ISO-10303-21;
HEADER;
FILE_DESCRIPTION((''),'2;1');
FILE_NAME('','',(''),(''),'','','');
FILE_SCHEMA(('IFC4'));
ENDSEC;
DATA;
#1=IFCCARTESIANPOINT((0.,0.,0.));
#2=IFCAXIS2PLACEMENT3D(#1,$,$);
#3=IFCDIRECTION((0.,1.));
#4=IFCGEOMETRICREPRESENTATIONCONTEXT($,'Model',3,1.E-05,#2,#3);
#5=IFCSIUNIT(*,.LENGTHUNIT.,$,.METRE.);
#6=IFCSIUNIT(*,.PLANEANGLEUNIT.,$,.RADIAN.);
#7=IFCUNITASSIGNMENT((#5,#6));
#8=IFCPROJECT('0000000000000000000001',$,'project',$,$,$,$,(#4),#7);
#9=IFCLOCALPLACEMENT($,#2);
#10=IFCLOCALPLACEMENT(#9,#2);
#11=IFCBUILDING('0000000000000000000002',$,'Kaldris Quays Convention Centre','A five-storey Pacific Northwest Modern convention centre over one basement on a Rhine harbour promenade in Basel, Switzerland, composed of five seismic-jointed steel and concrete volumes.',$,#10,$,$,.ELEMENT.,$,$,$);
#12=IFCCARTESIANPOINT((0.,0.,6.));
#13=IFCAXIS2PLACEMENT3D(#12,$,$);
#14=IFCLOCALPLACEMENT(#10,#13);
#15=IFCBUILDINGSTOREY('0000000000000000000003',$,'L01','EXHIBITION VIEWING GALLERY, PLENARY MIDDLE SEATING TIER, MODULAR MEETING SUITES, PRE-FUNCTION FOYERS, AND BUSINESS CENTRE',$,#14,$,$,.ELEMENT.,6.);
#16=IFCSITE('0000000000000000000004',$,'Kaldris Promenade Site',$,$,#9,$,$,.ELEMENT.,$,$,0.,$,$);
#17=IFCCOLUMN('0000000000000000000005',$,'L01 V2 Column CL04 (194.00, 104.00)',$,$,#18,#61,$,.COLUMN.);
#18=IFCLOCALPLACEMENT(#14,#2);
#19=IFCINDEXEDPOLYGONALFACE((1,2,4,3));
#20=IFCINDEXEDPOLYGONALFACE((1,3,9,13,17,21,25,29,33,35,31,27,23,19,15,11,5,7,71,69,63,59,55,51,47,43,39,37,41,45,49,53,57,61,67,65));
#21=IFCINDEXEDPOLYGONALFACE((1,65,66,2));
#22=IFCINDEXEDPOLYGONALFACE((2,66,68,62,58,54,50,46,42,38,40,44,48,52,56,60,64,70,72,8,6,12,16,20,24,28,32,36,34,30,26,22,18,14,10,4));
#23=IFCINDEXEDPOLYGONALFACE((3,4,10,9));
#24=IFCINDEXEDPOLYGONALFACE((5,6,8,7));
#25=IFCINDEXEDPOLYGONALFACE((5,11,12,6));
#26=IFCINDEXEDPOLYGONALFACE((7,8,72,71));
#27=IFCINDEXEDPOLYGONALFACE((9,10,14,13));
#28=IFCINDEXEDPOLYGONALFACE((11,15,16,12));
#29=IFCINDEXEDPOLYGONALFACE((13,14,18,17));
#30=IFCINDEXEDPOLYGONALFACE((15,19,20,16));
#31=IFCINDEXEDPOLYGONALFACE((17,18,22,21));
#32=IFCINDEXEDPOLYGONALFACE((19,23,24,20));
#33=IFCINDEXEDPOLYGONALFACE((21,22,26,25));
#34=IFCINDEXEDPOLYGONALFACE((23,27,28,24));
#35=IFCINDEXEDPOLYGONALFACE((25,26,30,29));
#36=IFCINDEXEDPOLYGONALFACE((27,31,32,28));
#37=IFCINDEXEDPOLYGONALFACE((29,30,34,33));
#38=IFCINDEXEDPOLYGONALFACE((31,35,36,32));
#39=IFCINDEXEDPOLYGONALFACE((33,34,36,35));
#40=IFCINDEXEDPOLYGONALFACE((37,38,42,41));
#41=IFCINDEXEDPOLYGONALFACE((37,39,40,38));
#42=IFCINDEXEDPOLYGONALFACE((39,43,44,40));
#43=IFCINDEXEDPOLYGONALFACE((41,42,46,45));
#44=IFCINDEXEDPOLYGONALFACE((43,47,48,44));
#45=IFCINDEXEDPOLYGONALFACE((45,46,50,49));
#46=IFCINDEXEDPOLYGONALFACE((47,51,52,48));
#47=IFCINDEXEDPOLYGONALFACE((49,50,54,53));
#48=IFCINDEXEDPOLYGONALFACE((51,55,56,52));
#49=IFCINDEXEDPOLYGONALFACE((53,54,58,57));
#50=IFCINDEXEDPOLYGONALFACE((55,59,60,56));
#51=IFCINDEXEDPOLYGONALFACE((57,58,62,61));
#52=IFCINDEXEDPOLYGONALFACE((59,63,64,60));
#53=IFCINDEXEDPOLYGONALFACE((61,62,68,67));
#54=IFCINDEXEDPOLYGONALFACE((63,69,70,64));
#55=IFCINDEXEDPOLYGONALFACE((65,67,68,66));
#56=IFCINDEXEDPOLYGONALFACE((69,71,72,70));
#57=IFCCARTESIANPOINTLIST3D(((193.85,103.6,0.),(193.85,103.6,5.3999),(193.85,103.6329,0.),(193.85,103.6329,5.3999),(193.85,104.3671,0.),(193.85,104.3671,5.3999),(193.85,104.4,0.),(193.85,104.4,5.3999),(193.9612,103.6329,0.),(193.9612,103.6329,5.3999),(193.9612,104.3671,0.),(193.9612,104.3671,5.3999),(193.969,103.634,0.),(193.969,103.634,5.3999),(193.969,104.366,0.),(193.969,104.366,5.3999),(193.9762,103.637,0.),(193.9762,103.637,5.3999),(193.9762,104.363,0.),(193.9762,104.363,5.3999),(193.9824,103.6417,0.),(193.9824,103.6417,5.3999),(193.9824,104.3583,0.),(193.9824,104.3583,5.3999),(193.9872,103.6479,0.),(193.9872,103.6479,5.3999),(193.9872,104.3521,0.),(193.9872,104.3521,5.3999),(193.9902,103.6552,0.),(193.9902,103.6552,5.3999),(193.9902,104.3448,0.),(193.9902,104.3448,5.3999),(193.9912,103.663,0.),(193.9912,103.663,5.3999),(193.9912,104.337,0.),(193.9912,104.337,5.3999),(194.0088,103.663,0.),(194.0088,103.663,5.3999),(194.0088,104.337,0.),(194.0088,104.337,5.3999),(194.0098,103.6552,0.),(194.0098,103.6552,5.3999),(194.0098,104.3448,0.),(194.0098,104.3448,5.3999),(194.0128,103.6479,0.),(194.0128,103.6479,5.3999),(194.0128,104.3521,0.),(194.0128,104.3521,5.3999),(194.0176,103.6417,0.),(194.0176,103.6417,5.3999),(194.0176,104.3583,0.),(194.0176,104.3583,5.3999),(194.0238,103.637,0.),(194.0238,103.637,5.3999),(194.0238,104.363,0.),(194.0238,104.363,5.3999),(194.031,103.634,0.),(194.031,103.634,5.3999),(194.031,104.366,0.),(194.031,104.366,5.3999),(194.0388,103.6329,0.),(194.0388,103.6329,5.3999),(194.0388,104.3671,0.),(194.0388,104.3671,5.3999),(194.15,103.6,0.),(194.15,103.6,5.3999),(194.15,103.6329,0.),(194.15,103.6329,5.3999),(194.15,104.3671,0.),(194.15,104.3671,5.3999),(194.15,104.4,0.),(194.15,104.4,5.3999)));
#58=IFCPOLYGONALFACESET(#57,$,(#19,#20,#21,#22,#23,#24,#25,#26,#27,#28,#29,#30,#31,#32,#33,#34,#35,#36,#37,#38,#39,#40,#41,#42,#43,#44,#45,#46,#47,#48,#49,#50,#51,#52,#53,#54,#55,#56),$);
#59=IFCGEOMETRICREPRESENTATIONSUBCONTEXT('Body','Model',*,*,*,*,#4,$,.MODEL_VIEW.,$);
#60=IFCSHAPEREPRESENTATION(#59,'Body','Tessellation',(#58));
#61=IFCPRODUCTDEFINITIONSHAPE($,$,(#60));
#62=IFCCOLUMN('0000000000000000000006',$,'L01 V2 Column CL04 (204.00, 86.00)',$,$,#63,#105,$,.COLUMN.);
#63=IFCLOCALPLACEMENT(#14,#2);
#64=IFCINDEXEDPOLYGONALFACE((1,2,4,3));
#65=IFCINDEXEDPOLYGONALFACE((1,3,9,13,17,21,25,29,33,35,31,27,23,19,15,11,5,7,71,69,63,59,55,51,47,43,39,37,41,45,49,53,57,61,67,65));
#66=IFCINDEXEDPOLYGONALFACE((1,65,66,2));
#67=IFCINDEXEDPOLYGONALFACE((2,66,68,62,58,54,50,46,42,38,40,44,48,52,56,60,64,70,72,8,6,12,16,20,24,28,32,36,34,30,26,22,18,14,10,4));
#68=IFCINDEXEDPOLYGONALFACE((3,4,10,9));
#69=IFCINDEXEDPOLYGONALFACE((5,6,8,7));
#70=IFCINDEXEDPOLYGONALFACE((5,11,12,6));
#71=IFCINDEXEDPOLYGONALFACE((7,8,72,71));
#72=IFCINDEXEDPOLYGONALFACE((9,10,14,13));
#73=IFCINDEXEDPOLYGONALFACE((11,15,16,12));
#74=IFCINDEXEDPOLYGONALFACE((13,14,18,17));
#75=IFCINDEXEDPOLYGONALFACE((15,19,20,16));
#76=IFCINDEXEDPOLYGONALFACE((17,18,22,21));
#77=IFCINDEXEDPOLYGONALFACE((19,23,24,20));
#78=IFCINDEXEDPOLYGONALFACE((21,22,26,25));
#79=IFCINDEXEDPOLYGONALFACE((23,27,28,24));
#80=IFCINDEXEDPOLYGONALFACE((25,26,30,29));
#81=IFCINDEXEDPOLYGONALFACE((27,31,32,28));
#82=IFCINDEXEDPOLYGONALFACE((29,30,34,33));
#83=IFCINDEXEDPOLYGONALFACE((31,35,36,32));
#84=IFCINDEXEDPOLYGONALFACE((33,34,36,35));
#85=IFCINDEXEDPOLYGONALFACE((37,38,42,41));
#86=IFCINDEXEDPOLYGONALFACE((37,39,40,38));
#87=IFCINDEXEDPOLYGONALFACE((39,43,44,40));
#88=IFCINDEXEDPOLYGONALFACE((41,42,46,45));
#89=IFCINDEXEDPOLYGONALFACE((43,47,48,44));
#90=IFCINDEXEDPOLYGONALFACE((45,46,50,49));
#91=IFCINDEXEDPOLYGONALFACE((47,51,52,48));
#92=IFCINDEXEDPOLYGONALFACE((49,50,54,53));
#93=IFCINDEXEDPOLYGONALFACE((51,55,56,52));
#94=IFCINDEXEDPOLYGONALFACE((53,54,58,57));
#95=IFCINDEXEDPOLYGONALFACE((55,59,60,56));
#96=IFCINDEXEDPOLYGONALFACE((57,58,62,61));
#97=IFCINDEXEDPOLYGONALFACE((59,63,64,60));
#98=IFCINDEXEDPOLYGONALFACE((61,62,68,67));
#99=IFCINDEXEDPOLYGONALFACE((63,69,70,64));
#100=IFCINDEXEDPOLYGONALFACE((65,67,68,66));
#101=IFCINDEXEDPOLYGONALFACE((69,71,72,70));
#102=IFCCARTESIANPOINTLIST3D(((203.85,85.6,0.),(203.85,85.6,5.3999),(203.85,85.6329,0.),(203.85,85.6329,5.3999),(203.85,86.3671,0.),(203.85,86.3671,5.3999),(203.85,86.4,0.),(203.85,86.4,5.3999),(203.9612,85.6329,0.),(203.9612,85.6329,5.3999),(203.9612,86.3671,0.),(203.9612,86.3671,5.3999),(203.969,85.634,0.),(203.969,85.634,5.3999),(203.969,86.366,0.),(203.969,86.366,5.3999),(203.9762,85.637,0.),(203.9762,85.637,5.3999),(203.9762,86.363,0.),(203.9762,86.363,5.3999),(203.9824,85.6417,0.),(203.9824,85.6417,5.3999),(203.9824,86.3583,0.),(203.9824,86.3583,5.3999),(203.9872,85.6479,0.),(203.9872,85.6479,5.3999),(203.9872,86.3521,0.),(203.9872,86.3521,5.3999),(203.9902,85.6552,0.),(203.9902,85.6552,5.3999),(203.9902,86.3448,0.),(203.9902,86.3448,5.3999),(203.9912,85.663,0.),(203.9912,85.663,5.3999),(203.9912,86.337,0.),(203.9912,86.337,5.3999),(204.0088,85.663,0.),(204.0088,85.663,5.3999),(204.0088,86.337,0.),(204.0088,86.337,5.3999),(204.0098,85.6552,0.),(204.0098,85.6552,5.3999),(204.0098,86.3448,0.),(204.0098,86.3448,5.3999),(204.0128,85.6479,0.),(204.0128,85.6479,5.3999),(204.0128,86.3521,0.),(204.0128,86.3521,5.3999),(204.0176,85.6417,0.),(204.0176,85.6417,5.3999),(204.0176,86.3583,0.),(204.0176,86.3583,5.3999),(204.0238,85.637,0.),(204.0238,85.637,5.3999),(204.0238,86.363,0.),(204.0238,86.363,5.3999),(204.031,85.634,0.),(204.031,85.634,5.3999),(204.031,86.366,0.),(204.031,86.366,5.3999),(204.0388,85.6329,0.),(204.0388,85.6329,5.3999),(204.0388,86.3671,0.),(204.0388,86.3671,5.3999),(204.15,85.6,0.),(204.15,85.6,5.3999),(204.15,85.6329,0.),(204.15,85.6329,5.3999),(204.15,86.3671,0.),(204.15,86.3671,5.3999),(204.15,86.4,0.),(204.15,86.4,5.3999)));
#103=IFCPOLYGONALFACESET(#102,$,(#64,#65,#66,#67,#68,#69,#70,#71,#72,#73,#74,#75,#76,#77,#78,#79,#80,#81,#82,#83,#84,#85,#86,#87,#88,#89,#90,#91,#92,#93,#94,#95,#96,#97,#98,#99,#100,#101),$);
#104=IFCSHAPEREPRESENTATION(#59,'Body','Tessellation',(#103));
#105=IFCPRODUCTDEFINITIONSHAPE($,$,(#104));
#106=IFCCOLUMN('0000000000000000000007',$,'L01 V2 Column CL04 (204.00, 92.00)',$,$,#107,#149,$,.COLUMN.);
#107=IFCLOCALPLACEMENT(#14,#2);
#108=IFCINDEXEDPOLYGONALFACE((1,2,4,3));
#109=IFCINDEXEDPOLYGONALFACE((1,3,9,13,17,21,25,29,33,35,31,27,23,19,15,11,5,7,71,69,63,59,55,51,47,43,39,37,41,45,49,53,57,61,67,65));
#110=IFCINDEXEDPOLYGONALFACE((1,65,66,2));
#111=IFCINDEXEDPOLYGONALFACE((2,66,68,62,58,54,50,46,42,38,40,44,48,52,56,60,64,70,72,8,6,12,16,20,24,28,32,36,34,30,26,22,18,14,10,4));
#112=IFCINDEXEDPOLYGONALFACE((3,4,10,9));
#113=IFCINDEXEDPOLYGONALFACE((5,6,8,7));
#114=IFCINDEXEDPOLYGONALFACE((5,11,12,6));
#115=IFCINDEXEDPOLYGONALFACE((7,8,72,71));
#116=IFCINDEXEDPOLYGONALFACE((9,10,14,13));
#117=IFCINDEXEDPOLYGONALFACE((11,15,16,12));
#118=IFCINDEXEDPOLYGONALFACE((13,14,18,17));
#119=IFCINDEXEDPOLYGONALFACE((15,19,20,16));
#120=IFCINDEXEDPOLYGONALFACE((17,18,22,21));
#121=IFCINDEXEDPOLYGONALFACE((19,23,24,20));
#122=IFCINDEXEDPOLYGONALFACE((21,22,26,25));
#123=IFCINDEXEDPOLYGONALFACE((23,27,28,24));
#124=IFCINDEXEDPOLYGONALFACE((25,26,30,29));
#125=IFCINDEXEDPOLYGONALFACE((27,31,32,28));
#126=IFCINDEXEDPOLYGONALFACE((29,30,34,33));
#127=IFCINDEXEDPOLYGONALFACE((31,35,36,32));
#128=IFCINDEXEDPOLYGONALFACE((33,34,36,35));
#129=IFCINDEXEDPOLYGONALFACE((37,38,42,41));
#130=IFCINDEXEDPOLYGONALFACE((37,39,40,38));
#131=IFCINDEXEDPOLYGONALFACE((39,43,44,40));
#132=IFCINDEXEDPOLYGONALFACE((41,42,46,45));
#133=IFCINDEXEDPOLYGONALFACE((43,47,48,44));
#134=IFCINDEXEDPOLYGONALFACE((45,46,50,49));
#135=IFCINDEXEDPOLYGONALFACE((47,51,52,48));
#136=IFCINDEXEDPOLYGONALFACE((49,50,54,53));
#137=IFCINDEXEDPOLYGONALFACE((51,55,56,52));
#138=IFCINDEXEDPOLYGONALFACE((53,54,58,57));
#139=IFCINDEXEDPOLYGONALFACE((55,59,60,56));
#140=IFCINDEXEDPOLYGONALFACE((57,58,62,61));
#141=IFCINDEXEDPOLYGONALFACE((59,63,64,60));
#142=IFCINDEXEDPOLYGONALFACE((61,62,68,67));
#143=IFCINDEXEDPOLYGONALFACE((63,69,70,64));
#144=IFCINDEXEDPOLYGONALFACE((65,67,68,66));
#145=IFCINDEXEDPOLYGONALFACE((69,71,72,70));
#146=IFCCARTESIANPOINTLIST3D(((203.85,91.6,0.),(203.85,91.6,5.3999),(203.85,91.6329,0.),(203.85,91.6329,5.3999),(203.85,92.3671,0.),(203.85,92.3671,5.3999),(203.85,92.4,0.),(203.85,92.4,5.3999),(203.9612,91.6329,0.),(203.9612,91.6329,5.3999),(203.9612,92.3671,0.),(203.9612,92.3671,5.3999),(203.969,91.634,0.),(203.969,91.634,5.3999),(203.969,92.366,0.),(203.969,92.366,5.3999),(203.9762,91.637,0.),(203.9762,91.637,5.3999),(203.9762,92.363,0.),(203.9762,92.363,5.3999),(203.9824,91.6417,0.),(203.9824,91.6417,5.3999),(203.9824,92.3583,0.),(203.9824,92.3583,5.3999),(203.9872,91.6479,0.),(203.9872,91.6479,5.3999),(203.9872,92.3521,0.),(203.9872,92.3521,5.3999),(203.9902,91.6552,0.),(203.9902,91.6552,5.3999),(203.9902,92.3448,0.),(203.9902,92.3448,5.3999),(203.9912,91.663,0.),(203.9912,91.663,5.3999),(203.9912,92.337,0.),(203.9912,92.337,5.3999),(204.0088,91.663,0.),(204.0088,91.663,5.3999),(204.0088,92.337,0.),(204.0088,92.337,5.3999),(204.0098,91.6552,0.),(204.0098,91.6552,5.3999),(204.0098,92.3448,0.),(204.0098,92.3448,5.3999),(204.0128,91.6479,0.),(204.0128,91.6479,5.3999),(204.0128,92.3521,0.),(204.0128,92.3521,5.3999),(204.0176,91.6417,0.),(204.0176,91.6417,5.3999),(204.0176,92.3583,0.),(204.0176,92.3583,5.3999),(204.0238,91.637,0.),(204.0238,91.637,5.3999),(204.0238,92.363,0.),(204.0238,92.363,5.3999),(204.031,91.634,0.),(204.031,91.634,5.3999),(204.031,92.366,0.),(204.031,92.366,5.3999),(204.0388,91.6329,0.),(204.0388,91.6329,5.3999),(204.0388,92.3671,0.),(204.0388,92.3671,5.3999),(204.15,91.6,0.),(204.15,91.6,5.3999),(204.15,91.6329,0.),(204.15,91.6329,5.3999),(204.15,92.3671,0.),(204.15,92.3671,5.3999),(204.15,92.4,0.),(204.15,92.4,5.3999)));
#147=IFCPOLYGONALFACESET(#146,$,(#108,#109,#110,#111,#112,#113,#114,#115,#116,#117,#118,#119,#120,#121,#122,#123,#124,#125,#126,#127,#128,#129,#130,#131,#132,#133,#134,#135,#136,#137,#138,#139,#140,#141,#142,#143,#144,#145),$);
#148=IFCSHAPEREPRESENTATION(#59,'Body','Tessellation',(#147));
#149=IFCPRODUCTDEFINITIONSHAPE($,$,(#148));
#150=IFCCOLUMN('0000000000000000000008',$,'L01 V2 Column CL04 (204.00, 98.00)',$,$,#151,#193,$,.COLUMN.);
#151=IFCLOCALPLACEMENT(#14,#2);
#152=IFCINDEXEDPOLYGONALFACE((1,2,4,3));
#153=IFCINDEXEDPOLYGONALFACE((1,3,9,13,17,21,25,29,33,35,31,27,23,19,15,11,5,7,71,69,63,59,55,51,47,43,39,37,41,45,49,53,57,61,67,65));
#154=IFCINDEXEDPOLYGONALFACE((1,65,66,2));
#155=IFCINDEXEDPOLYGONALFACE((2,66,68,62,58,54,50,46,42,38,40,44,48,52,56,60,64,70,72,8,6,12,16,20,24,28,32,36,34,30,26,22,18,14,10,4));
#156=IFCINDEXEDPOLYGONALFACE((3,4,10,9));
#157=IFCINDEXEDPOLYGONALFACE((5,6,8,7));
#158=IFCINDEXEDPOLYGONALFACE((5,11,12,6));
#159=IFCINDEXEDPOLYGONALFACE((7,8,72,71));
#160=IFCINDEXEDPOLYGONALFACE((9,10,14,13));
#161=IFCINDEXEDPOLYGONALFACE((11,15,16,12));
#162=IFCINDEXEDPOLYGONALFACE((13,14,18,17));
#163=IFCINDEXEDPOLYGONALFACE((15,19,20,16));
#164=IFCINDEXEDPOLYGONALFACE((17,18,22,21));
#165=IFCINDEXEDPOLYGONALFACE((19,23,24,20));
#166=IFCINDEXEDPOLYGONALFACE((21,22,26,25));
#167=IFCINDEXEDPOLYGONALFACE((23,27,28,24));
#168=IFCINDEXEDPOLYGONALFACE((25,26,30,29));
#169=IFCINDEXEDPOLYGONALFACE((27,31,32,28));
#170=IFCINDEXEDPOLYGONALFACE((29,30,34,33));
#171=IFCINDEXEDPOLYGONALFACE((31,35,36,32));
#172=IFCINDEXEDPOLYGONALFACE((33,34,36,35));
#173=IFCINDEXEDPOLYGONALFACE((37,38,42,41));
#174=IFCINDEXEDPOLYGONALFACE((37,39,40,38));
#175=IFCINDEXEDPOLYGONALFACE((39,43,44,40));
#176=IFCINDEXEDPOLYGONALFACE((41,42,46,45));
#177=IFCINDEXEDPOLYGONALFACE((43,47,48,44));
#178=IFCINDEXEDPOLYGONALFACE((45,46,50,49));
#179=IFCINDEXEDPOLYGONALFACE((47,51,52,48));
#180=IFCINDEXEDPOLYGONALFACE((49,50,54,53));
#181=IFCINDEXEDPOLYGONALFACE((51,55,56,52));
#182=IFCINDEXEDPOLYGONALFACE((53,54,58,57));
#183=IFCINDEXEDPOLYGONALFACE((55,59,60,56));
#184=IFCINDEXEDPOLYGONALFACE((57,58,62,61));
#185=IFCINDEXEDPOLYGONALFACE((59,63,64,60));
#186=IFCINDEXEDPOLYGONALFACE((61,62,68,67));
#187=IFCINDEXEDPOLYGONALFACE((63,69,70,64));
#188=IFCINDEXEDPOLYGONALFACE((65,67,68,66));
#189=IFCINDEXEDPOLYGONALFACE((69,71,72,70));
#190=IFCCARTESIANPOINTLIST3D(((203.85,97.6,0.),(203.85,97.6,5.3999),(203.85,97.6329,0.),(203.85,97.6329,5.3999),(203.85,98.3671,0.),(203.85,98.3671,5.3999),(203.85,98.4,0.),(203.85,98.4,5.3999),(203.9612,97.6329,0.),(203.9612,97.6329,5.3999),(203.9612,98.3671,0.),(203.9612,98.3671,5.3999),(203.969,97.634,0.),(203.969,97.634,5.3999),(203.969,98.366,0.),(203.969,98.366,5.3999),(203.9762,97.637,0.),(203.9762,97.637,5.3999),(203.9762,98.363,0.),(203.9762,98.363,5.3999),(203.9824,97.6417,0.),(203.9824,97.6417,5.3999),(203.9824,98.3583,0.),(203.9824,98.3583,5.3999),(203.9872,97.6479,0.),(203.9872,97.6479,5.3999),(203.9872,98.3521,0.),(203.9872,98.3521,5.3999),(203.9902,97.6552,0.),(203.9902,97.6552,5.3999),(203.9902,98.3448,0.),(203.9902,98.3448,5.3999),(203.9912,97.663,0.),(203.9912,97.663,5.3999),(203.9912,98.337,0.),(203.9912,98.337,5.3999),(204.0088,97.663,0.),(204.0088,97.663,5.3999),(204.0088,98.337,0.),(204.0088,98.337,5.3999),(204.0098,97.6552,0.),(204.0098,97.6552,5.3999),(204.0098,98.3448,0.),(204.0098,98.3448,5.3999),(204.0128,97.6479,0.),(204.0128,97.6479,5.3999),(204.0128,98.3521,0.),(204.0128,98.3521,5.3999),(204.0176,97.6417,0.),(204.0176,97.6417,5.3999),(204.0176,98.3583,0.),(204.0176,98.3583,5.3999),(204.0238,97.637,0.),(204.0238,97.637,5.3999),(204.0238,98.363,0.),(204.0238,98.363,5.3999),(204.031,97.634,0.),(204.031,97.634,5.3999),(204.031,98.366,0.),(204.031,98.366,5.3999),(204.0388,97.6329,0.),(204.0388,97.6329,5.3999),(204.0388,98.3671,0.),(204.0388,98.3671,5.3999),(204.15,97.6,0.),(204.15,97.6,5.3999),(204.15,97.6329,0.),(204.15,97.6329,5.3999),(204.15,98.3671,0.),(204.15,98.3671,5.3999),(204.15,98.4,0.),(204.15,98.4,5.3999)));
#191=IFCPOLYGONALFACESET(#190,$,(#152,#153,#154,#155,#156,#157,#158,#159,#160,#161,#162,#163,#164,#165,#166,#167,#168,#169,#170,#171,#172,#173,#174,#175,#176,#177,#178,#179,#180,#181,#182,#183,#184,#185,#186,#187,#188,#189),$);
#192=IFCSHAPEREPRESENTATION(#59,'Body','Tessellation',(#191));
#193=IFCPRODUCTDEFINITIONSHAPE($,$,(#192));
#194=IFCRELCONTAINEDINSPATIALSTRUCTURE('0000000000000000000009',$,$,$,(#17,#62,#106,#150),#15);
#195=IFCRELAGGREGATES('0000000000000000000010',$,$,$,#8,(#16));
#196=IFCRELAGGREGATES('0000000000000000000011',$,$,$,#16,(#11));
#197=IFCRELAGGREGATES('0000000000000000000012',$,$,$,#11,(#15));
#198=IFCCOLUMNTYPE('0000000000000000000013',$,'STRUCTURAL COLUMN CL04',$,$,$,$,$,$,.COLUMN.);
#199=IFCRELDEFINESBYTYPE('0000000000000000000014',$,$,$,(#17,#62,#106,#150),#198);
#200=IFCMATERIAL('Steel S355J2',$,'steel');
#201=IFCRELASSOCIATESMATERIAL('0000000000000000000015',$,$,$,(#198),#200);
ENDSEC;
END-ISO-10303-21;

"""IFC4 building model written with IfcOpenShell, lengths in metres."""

from ifc_helpers import new_model, si_unit, direction, frame, origin, origin_2d, place, context, subcontext, project, spatial, i_section, extrude, material, material_profile, profile_set, type_object, element, save


model = new_model("IFC4")

# Units and contexts
model_context = context("Model", 3, precision=1e-05, world=origin(), true_north=direction((0.0, 1.0)))
body_context = subcontext(model_context, "Body", "Model", "MODEL_VIEW")
ifc_project = project(units=[si_unit("LENGTHUNIT", "METRE"), si_unit("PLANEANGLEUNIT", "RADIAN")], contexts=[model_context])

# Site, building, storey
site_placement = place(None, origin())
site = spatial("IfcSite", under=ifc_project, at=site_placement, Name="Kaldris Promenade Site", CompositionType="ELEMENT", RefElevation=0.0)
building_placement = place(site_placement, origin())
building = spatial("IfcBuilding", under=site, at=building_placement, Name="Kaldris Quays Convention Centre", Description="A five-storey Pacific Northwest Modern convention centre over one basement on a Rhine harbour promenade in Basel, Switzerland, composed of five seismic-jointed steel and concrete volumes.", CompositionType="ELEMENT")
storey_placement = place(building_placement, frame((0.0, 0.0, 6.0)))
storey = spatial("IfcBuildingStorey", under=building, at=storey_placement, Name="L01", Description="EXHIBITION VIEWING GALLERY, PLENARY MIDDLE SEATING TIER, MODULAR MEETING SUITES, PRE-FUNCTION FOYERS, AND BUSINESS CENTRE", CompositionType="ELEMENT", Elevation=6.0)

# Columns
ifc_material_1 = material(Name="Steel S355J2", Category="steel")
ifc_material_profile_1 = material_profile(ifc_material_1, i_section(OverallWidth=0.3, OverallDepth=0.8, WebThickness=0.0176, FlangeThickness=0.033, FilletRadius=0.03, at=origin_2d()), Name="HEB 800")
ifc_profile_set_1 = profile_set([ifc_material_profile_1], Name="Steel S355J2")
column_type = type_object("IfcColumnType", Name="STRUCTURAL COLUMN CL04", PredefinedType="COLUMN", material=ifc_profile_set_1)
for number, where, z_axis, x_axis, name in (
    (1, (194.0, 104.0, 0.0), (0.0, 0.0, 1.0), (1.0, 0.0, 0.0), "L01 V2 Column CL04 (194.00, 104.00)"),
    (2, (204.0, 86.0, 0.0), (0.0, 0.0, 1.0), (1.0, 0.0, 0.0), "L01 V2 Column CL04 (204.00, 86.00)"),
    (3, (204.0, 92.0, 0.0), (0.0, 0.0, 1.0), (1.0, 0.0, 0.0), "L01 V2 Column CL04 (204.00, 92.00)"),
    (4, (204.0, 98.0, 0.0), (0.0, 0.0, 1.0), (1.0, 0.0, 0.0), "L01 V2 Column CL04 (204.00, 98.00)"),
):
    element("IfcColumn", number, at=place(storey_placement, frame(where, z_axis=z_axis, x_axis=x_axis)), inside=storey, type_object=column_type, Name=name, PredefinedType="COLUMN", context=body_context, shape_type="SweptSolid", body=[
        extrude(i_section(OverallWidth=0.3, OverallDepth=0.8, WebThickness=0.0176, FlangeThickness=0.033, FilletRadius=0.03, at=origin_2d()), origin(), (0.0, 0.0, 1.0), 5.3999),
    ])

save(model, "model.ifc")
